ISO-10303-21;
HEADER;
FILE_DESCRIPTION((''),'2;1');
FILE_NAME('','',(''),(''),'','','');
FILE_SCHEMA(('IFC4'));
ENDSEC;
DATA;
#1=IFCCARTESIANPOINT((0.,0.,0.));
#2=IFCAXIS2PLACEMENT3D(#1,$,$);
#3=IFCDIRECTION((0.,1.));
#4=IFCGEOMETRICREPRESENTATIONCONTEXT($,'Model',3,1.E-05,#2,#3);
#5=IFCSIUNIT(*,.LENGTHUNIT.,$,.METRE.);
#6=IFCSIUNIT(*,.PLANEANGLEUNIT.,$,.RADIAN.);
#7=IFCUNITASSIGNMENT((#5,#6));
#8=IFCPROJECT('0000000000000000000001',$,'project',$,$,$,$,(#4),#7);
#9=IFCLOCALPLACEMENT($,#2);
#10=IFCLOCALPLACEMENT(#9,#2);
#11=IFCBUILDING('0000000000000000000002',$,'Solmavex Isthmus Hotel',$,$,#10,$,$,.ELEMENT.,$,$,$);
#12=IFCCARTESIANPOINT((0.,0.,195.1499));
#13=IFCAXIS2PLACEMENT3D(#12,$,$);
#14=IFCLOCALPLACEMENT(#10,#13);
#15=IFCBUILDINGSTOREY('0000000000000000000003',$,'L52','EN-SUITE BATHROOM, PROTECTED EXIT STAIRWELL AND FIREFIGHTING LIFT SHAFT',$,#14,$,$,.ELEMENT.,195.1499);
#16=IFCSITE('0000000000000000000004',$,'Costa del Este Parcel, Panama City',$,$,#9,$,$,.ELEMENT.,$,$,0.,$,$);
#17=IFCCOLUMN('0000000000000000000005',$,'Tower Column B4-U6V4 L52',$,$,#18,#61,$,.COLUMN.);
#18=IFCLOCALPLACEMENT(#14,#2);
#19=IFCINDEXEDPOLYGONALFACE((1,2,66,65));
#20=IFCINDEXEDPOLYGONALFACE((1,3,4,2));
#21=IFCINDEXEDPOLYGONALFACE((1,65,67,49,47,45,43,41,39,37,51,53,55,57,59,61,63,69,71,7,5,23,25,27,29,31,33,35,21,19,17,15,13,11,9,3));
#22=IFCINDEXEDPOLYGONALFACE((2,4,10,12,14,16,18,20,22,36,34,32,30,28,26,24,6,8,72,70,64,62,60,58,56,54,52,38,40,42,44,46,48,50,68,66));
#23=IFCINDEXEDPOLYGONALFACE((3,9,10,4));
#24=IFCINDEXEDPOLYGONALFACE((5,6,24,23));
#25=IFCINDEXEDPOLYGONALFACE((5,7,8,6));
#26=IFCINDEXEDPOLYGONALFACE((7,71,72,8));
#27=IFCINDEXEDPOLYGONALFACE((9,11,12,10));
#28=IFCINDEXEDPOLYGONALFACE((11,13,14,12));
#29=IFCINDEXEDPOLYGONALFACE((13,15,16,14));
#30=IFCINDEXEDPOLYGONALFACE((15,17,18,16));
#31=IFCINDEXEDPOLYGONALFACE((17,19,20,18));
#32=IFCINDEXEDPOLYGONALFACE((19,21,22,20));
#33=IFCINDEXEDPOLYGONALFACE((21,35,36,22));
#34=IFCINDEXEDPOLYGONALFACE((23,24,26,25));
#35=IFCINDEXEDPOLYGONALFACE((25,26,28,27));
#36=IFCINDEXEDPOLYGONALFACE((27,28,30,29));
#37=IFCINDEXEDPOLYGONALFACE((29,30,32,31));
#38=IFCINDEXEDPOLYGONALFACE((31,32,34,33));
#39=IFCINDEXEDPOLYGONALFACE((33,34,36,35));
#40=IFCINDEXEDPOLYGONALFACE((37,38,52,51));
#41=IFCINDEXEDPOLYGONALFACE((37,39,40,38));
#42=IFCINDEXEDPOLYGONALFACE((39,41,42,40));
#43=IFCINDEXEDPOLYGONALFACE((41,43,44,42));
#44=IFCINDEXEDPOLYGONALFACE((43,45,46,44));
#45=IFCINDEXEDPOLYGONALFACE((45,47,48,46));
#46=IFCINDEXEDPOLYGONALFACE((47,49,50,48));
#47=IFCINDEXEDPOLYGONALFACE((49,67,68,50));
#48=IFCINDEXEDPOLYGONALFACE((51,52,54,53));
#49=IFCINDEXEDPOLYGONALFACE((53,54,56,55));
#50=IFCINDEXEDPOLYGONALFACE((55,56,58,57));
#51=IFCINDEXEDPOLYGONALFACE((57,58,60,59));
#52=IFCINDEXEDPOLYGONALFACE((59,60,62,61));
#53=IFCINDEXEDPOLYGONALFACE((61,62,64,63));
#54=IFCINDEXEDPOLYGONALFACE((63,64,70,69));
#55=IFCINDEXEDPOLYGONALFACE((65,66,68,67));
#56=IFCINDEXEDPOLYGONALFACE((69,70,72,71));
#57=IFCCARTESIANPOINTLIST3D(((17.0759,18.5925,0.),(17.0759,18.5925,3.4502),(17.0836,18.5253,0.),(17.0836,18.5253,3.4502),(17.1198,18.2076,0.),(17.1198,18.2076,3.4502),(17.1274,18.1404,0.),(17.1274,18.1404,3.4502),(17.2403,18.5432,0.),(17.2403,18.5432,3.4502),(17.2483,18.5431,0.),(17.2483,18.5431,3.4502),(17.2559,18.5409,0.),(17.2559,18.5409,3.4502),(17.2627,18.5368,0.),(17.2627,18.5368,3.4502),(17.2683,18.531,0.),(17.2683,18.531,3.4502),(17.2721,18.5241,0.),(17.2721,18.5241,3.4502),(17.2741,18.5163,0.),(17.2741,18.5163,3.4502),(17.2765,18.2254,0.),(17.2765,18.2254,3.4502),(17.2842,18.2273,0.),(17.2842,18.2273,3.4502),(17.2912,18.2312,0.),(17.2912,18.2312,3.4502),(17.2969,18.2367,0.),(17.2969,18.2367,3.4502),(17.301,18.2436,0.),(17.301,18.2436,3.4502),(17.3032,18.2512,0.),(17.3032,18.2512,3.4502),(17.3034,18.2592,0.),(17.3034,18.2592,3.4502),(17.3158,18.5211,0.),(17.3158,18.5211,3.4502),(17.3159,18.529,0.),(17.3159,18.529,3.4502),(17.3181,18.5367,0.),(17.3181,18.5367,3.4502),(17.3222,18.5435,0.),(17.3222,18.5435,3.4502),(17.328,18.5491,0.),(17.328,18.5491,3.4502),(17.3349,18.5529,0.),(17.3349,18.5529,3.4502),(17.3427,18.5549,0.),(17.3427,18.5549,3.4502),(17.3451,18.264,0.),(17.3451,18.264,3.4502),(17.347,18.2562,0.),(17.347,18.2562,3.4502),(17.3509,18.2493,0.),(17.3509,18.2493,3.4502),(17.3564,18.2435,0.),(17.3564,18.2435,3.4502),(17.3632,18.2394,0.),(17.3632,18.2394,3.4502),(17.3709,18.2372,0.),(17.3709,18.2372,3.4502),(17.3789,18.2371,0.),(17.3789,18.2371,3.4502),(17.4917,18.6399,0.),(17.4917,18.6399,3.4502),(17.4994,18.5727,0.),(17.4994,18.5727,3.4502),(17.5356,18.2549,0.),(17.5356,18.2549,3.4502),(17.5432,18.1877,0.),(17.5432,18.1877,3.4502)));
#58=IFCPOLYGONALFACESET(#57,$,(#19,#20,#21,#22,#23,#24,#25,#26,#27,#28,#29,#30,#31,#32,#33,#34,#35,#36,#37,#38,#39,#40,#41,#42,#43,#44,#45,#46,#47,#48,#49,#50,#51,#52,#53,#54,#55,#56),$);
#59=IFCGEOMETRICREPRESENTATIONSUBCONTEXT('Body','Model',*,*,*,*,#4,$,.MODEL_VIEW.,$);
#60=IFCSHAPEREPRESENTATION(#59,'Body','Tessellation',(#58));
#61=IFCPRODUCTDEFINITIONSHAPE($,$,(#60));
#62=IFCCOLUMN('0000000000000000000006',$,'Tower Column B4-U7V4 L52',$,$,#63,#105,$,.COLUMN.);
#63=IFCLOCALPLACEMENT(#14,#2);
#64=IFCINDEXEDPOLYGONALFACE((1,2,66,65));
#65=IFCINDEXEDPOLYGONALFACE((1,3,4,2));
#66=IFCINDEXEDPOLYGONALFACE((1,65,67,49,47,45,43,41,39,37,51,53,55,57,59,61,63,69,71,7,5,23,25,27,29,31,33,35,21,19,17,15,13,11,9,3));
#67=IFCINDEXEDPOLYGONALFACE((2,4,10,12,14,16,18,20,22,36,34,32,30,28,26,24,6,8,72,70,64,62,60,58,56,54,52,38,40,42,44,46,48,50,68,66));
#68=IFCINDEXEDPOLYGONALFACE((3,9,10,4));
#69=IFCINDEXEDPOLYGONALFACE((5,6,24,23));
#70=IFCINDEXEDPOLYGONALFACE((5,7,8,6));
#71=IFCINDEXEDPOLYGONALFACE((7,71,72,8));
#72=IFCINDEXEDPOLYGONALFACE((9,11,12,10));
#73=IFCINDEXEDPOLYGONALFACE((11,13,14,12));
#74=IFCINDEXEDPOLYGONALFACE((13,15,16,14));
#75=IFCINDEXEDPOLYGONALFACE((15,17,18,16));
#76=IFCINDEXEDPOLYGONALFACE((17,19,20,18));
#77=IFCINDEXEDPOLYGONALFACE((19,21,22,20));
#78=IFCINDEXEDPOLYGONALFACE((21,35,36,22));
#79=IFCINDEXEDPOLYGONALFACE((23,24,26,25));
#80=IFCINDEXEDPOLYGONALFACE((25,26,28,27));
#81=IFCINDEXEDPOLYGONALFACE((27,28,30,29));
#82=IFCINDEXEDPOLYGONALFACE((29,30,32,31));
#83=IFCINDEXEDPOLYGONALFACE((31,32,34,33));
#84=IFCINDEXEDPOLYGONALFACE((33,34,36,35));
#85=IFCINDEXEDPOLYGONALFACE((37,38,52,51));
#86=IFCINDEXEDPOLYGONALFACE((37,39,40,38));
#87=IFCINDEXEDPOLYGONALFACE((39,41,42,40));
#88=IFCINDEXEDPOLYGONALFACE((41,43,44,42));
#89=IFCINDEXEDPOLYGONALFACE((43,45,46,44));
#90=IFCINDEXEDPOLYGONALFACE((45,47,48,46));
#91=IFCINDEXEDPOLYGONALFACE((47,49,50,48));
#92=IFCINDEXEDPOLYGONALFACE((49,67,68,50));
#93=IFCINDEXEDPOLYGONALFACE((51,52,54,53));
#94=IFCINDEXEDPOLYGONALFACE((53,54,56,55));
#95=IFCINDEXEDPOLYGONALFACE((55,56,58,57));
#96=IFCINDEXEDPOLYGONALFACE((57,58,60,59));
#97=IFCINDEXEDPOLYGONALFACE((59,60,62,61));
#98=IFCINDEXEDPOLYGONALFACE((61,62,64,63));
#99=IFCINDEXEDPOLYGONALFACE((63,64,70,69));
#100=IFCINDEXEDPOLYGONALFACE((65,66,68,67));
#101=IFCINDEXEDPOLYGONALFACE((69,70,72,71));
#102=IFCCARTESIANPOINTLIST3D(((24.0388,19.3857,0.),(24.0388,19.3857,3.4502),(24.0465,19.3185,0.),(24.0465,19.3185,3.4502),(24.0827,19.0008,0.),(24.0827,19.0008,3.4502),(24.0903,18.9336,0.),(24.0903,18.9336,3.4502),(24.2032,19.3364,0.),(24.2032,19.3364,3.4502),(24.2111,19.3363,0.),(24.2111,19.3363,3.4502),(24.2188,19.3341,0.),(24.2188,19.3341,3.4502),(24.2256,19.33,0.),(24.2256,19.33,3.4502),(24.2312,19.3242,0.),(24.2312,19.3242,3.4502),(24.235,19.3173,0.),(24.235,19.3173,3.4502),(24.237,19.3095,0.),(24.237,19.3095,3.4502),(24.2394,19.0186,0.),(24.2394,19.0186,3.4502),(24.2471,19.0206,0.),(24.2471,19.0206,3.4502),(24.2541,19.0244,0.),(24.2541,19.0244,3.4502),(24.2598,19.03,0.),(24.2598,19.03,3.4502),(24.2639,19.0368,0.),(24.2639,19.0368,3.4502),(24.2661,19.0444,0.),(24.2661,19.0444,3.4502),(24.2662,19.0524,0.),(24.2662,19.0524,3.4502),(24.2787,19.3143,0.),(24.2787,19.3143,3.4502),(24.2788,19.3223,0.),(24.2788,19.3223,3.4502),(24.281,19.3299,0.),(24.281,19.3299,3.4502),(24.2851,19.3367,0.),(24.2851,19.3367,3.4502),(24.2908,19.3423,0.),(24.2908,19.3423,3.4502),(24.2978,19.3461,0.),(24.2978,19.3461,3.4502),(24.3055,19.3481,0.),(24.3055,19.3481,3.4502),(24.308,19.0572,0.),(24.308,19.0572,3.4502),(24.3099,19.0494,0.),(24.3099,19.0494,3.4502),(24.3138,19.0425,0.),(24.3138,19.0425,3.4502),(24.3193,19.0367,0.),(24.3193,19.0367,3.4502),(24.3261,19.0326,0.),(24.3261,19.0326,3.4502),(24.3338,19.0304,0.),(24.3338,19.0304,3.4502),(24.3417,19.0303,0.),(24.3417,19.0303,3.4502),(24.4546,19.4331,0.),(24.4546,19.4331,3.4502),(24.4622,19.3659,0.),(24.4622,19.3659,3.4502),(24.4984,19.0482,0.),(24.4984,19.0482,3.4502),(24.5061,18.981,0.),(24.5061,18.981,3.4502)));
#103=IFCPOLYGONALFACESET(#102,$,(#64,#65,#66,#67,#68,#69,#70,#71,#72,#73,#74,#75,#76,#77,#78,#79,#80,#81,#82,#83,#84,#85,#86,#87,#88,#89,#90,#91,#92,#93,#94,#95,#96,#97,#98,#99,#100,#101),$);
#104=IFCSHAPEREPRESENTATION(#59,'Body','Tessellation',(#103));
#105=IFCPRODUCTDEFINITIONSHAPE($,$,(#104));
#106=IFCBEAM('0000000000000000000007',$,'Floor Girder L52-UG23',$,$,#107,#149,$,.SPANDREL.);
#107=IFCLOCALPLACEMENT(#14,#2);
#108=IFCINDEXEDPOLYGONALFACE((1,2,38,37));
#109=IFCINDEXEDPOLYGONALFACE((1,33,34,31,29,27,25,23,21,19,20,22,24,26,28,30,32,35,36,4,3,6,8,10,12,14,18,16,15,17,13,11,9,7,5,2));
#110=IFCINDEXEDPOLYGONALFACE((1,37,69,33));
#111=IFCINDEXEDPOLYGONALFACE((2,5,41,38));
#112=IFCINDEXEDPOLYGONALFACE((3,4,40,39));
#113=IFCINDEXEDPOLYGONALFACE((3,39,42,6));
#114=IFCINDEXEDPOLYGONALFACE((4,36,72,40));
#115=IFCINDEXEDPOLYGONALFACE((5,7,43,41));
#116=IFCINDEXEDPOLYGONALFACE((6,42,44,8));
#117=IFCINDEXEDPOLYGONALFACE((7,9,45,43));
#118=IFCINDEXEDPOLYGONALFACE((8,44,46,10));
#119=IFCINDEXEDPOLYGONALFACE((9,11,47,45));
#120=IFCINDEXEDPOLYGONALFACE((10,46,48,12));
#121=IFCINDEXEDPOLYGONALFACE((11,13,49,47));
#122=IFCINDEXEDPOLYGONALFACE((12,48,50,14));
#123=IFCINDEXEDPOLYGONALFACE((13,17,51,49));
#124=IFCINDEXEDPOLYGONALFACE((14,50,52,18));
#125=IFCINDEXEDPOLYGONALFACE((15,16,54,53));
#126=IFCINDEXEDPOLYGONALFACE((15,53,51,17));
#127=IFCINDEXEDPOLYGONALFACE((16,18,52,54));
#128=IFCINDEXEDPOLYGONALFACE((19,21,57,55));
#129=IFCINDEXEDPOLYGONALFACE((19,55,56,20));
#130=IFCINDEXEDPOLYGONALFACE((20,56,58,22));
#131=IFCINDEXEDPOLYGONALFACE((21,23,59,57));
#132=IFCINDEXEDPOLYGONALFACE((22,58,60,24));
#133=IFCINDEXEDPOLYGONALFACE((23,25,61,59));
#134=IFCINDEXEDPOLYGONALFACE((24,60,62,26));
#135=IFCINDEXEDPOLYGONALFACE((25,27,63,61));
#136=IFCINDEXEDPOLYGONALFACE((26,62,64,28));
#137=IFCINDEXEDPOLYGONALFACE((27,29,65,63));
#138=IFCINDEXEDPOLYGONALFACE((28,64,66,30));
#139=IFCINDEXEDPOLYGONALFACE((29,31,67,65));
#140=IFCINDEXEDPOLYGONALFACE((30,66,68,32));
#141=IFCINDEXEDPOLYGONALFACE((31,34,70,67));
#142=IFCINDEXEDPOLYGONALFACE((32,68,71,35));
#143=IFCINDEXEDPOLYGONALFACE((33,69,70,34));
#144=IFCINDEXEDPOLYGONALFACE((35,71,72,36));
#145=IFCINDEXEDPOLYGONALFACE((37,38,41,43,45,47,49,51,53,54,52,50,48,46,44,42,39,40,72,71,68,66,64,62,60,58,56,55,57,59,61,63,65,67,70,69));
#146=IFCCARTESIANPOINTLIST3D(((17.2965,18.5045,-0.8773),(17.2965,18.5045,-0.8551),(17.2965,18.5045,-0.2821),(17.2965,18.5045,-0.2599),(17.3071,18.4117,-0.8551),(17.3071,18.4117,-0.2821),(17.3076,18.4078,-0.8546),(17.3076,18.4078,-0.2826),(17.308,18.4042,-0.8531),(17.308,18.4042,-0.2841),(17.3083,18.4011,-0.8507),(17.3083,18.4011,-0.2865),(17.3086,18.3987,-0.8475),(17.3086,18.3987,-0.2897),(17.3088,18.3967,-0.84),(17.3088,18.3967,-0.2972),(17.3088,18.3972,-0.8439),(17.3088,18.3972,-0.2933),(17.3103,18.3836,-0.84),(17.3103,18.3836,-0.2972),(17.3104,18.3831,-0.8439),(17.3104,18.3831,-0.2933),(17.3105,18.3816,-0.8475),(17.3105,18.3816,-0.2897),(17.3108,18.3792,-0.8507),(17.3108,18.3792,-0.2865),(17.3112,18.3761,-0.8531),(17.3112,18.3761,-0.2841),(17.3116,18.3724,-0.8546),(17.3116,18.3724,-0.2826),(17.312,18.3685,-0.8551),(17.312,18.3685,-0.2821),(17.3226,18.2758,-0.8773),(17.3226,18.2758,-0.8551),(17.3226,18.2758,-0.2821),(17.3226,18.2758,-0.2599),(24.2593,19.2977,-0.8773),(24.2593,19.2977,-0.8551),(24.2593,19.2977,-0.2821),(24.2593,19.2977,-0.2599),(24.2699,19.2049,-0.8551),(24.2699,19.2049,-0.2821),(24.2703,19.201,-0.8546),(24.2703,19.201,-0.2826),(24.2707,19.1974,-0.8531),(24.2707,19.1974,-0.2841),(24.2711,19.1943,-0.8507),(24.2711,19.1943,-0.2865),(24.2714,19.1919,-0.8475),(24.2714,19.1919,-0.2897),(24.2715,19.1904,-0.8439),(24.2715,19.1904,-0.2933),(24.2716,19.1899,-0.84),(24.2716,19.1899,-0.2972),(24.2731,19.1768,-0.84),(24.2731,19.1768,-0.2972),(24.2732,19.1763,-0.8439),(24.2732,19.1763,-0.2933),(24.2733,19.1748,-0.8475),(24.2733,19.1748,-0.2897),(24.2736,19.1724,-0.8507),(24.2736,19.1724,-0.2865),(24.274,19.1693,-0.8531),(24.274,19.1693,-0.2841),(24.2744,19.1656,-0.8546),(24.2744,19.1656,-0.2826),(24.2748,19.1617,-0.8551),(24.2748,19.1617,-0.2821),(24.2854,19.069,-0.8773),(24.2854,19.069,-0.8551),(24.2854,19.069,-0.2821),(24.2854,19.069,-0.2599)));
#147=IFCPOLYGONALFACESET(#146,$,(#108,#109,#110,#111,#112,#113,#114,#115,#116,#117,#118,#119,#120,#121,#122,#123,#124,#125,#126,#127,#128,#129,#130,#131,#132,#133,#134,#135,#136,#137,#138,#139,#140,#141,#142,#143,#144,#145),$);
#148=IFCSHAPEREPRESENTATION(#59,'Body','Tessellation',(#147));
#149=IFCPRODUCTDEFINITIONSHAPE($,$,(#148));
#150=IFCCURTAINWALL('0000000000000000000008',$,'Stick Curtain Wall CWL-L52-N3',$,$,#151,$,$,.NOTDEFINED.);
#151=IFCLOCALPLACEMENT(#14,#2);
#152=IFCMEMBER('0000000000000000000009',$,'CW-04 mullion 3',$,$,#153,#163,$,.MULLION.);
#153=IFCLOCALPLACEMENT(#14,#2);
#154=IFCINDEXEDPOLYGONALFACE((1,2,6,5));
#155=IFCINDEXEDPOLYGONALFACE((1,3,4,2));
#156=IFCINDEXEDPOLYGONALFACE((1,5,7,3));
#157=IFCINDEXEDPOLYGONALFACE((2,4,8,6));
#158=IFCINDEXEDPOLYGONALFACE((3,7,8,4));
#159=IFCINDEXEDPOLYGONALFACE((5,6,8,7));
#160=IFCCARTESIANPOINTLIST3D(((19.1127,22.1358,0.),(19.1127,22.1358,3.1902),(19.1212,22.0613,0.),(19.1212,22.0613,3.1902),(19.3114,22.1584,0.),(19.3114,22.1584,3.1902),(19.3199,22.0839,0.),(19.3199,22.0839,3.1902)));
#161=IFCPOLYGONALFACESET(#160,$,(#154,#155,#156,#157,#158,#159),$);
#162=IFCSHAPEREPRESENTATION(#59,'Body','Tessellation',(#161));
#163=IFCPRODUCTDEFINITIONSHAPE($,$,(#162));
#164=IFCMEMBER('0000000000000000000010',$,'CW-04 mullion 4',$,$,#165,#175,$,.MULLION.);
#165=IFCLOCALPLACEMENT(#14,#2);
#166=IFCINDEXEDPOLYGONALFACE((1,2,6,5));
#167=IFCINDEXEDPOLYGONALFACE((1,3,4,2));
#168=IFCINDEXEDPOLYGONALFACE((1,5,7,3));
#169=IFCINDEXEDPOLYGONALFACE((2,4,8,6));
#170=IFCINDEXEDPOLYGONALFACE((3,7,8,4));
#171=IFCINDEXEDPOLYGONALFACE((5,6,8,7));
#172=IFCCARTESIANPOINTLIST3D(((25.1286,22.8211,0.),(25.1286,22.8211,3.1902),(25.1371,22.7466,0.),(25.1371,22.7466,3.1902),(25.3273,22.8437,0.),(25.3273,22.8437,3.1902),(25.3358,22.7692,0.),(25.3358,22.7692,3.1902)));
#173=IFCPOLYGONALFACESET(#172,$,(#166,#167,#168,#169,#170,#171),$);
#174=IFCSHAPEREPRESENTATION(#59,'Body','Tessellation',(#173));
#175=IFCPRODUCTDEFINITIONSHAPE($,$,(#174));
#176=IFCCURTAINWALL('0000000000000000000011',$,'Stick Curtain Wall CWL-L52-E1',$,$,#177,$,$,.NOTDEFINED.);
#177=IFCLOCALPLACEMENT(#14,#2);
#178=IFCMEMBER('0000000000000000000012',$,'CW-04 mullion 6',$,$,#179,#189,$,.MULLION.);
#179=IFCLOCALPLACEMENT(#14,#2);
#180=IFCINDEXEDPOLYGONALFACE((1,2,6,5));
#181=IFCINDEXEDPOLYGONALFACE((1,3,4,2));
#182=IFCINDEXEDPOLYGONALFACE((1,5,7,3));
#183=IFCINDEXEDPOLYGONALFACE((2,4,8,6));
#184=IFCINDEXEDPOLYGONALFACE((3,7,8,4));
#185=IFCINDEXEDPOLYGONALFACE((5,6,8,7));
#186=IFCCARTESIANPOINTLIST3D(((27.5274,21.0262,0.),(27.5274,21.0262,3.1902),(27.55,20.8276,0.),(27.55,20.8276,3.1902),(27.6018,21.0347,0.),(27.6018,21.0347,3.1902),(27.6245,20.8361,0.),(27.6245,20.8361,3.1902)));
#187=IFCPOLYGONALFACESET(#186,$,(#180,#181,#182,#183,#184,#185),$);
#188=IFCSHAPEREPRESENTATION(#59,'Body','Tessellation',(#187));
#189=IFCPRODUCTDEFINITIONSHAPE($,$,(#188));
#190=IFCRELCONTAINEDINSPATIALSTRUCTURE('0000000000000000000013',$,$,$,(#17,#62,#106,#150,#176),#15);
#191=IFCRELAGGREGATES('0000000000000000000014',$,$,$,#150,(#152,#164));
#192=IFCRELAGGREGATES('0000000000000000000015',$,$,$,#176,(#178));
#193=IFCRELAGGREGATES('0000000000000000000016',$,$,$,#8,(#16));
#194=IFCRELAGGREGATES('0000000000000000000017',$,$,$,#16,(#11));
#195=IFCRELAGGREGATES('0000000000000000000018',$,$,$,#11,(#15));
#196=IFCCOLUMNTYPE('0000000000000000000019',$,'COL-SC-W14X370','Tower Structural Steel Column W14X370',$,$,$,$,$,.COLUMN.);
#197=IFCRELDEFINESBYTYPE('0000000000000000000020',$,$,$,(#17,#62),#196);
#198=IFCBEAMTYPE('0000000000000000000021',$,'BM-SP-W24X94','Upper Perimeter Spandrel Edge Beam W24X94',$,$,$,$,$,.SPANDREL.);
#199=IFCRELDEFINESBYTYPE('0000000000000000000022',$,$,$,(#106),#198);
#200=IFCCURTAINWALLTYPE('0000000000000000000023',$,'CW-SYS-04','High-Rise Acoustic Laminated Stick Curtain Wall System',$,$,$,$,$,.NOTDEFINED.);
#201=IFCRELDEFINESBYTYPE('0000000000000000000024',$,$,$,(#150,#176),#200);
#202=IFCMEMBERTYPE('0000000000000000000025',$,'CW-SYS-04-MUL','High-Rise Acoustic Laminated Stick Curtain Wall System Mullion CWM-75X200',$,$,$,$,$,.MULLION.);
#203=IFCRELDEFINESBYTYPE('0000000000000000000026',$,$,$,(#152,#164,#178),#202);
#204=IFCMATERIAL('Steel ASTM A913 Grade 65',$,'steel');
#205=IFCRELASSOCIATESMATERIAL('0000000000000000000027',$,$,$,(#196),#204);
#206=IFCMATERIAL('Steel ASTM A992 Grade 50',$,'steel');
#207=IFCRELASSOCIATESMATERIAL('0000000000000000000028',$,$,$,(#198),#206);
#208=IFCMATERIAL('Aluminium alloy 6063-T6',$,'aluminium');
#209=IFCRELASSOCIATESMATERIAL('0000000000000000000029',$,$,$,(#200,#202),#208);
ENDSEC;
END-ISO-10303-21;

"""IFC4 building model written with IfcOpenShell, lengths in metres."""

from ifc_helpers import new_model, si_unit, direction, frame, origin, origin_2d, place, context, subcontext, project, spatial, rectangle, i_section, extrude, material, material_profile, profile_set, type_object, element, aggregate, save


model = new_model("IFC4")

# Units and contexts
model_context = context("Model", 3, precision=1e-05, world=origin(), true_north=direction((0.0, 1.0)))
body_context = subcontext(model_context, "Body", "Model", "MODEL_VIEW")
ifc_project = project(units=[si_unit("LENGTHUNIT", "METRE"), si_unit("PLANEANGLEUNIT", "RADIAN")], contexts=[model_context])

# Site, building, storey
site_placement = place(None, origin())
site = spatial("IfcSite", under=ifc_project, at=site_placement, Name="Costa del Este Parcel, Panama City", CompositionType="ELEMENT", RefElevation=0.0)
building_placement = place(site_placement, origin())
building = spatial("IfcBuilding", under=site, at=building_placement, Name="Solmavex Isthmus Hotel", CompositionType="ELEMENT")
storey_placement = place(building_placement, frame((0.0, 0.0, 195.1499)))
storey = spatial("IfcBuildingStorey", under=building, at=storey_placement, Name="L52", Description="EN-SUITE BATHROOM, PROTECTED EXIT STAIRWELL AND FIREFIGHTING LIFT SHAFT", CompositionType="ELEMENT", Elevation=195.1499)

# Columns
ifc_material_1 = material(Name="Steel ASTM A913 Grade 65", Category="steel")
ifc_material_profile_1 = material_profile(ifc_material_1, i_section(OverallWidth=0.4185, OverallDepth=0.4551, WebThickness=0.042, FlangeThickness=0.0676, FilletRadius=0.0305, at=origin_2d()), Name="W14X370")
ifc_profile_set_1 = profile_set([ifc_material_profile_1], Name="Steel ASTM A913 Grade 65")
column_type = type_object("IfcColumnType", Name="COL-SC-W14X370", Description="Tower Structural Steel Column W14X370", PredefinedType="COLUMN", material=ifc_profile_set_1)
for number, where, z_axis, x_axis, name in (
    (1, (17.3096, 18.3901, 0.0), (0.0, 0.0, 1.0), (0.993572, 0.113203, 0.0), "Tower Column B4-U6V4 L52"),
    (2, (24.2725, 19.1833, 0.0), (0.0, 0.0, 1.0), (0.993572, 0.113203, 0.0), "Tower Column B4-U7V4 L52"),
):
    element("IfcColumn", number, at=place(storey_placement, frame(where, z_axis=z_axis, x_axis=x_axis)), inside=storey, type_object=column_type, Name=name, PredefinedType="COLUMN", context=body_context, shape_type="SweptSolid", body=[
        extrude(i_section(OverallWidth=0.4185, OverallDepth=0.4551, WebThickness=0.042, FlangeThickness=0.0676, FilletRadius=0.0305, at=origin_2d()), origin(), (0.0, 0.0, 1.0), 3.4502),
    ])

# Beam
ifc_material_2 = material(Name="Steel ASTM A992 Grade 50", Category="steel")
ifc_material_profile_2 = material_profile(ifc_material_2, i_section(OverallWidth=0.2302, OverallDepth=0.6174, WebThickness=0.0132, FlangeThickness=0.0222, FilletRadius=0.0151, at=origin_2d()), Name="W24X94")
ifc_profile_set_2 = profile_set([ifc_material_profile_2], Name="Steel ASTM A992 Grade 50")
beam_type = type_object("IfcBeamType", Name="BM-SP-W24X94", Description="Upper Perimeter Spandrel Edge Beam W24X94", PredefinedType="SPANDREL", material=ifc_profile_set_2)
beam_placement = place(storey_placement, frame((17.3096, 18.3901, -0.5686), z_axis=(0.993574, 0.113188, 0.0), x_axis=(-0.113188, 0.993574, 0.0)))
element("IfcBeam", 3, at=beam_placement, inside=storey, type_object=beam_type, Name="Floor Girder L52-UG23", PredefinedType="SPANDREL", context=body_context, shape_type="SweptSolid", body=[
    extrude(i_section(OverallWidth=0.2302, OverallDepth=0.6174, WebThickness=0.0132, FlangeThickness=0.0222, FilletRadius=0.0151, at=origin_2d()), origin(), (0.0, 0.0, 1.0), 7.0078),
])

# Curtain wall, members
ifc_material_3 = material(Name="Aluminium alloy 6063-T6", Category="aluminium")
curtain_wall_type = type_object("IfcCurtainWallType", Name="CW-SYS-04", Description="High-Rise Acoustic Laminated Stick Curtain Wall System", PredefinedType="NOTDEFINED", material=ifc_material_3)
curtain_wall_1_placement = place(storey_placement, origin())
curtain_wall_1 = element("IfcCurtainWall", 4, at=curtain_wall_1_placement, inside=storey, type_object=curtain_wall_type, Name="Stick Curtain Wall CWL-L52-N3", PredefinedType="NOTDEFINED")
ifc_material_profile_3 = material_profile(ifc_material_3, rectangle(XDim=0.075, YDim=0.2, at=origin_2d()), Name="CWM-75X200")
ifc_profile_set_3 = profile_set([ifc_material_profile_3], Name="Aluminium alloy 6063-T6")
member_type_1 = type_object("IfcMemberType", Name="CW-SYS-04-MUL", Description="High-Rise Acoustic Laminated Stick Curtain Wall System Mullion CWM-75X200", PredefinedType="MULLION", material=ifc_profile_set_3)
member_1_placement = place(storey_placement, frame((19.2163, 22.1099, 0.0), z_axis=(0.0, 0.0, 1.0), x_axis=(-0.113203, 0.993572, 0.0)))
member_1 = element("IfcMember", 5, at=member_1_placement, type_object=member_type_1, Name="CW-04 mullion 3", PredefinedType="MULLION", context=body_context, shape_type="SweptSolid", body=[
    extrude(rectangle(XDim=0.075, YDim=0.2, at=origin_2d()), origin(), (0.0, 0.0, 1.0), 3.1902),
])
member_2_placement = place(storey_placement, frame((25.2322, 22.7952, 0.0), z_axis=(0.0, 0.0, 1.0), x_axis=(-0.113203, 0.993572, 0.0)))
member_2 = element("IfcMember", 6, at=member_2_placement, type_object=member_type_1, Name="CW-04 mullion 4", PredefinedType="MULLION", context=body_context, shape_type="SweptSolid", body=[
    extrude(rectangle(XDim=0.075, YDim=0.2, at=origin_2d()), origin(), (0.0, 0.0, 1.0), 3.1902),
])

# Curtain wall, member
curtain_wall_2_placement = place(storey_placement, origin())
curtain_wall_2 = element("IfcCurtainWall", 7, at=curtain_wall_2_placement, inside=storey, type_object=curtain_wall_type, Name="Stick Curtain Wall CWL-L52-E1", PredefinedType="NOTDEFINED")
member_3_placement = place(storey_placement, frame((27.5759, 20.9312, 0.0), z_axis=(0.0, 0.0, 1.0), x_axis=(-0.993572, -0.113203, 0.0)))
member_3 = element("IfcMember", 8, at=member_3_placement, type_object=member_type_1, Name="CW-04 mullion 6", PredefinedType="MULLION", context=body_context, shape_type="SweptSolid", body=[
    extrude(rectangle(XDim=0.075, YDim=0.2, at=origin_2d()), origin(), (0.0, 0.0, 1.0), 3.1902),
])

aggregate(curtain_wall_1, [member_1, member_2])
aggregate(curtain_wall_2, [member_3])

save(model, "model.ifc")
